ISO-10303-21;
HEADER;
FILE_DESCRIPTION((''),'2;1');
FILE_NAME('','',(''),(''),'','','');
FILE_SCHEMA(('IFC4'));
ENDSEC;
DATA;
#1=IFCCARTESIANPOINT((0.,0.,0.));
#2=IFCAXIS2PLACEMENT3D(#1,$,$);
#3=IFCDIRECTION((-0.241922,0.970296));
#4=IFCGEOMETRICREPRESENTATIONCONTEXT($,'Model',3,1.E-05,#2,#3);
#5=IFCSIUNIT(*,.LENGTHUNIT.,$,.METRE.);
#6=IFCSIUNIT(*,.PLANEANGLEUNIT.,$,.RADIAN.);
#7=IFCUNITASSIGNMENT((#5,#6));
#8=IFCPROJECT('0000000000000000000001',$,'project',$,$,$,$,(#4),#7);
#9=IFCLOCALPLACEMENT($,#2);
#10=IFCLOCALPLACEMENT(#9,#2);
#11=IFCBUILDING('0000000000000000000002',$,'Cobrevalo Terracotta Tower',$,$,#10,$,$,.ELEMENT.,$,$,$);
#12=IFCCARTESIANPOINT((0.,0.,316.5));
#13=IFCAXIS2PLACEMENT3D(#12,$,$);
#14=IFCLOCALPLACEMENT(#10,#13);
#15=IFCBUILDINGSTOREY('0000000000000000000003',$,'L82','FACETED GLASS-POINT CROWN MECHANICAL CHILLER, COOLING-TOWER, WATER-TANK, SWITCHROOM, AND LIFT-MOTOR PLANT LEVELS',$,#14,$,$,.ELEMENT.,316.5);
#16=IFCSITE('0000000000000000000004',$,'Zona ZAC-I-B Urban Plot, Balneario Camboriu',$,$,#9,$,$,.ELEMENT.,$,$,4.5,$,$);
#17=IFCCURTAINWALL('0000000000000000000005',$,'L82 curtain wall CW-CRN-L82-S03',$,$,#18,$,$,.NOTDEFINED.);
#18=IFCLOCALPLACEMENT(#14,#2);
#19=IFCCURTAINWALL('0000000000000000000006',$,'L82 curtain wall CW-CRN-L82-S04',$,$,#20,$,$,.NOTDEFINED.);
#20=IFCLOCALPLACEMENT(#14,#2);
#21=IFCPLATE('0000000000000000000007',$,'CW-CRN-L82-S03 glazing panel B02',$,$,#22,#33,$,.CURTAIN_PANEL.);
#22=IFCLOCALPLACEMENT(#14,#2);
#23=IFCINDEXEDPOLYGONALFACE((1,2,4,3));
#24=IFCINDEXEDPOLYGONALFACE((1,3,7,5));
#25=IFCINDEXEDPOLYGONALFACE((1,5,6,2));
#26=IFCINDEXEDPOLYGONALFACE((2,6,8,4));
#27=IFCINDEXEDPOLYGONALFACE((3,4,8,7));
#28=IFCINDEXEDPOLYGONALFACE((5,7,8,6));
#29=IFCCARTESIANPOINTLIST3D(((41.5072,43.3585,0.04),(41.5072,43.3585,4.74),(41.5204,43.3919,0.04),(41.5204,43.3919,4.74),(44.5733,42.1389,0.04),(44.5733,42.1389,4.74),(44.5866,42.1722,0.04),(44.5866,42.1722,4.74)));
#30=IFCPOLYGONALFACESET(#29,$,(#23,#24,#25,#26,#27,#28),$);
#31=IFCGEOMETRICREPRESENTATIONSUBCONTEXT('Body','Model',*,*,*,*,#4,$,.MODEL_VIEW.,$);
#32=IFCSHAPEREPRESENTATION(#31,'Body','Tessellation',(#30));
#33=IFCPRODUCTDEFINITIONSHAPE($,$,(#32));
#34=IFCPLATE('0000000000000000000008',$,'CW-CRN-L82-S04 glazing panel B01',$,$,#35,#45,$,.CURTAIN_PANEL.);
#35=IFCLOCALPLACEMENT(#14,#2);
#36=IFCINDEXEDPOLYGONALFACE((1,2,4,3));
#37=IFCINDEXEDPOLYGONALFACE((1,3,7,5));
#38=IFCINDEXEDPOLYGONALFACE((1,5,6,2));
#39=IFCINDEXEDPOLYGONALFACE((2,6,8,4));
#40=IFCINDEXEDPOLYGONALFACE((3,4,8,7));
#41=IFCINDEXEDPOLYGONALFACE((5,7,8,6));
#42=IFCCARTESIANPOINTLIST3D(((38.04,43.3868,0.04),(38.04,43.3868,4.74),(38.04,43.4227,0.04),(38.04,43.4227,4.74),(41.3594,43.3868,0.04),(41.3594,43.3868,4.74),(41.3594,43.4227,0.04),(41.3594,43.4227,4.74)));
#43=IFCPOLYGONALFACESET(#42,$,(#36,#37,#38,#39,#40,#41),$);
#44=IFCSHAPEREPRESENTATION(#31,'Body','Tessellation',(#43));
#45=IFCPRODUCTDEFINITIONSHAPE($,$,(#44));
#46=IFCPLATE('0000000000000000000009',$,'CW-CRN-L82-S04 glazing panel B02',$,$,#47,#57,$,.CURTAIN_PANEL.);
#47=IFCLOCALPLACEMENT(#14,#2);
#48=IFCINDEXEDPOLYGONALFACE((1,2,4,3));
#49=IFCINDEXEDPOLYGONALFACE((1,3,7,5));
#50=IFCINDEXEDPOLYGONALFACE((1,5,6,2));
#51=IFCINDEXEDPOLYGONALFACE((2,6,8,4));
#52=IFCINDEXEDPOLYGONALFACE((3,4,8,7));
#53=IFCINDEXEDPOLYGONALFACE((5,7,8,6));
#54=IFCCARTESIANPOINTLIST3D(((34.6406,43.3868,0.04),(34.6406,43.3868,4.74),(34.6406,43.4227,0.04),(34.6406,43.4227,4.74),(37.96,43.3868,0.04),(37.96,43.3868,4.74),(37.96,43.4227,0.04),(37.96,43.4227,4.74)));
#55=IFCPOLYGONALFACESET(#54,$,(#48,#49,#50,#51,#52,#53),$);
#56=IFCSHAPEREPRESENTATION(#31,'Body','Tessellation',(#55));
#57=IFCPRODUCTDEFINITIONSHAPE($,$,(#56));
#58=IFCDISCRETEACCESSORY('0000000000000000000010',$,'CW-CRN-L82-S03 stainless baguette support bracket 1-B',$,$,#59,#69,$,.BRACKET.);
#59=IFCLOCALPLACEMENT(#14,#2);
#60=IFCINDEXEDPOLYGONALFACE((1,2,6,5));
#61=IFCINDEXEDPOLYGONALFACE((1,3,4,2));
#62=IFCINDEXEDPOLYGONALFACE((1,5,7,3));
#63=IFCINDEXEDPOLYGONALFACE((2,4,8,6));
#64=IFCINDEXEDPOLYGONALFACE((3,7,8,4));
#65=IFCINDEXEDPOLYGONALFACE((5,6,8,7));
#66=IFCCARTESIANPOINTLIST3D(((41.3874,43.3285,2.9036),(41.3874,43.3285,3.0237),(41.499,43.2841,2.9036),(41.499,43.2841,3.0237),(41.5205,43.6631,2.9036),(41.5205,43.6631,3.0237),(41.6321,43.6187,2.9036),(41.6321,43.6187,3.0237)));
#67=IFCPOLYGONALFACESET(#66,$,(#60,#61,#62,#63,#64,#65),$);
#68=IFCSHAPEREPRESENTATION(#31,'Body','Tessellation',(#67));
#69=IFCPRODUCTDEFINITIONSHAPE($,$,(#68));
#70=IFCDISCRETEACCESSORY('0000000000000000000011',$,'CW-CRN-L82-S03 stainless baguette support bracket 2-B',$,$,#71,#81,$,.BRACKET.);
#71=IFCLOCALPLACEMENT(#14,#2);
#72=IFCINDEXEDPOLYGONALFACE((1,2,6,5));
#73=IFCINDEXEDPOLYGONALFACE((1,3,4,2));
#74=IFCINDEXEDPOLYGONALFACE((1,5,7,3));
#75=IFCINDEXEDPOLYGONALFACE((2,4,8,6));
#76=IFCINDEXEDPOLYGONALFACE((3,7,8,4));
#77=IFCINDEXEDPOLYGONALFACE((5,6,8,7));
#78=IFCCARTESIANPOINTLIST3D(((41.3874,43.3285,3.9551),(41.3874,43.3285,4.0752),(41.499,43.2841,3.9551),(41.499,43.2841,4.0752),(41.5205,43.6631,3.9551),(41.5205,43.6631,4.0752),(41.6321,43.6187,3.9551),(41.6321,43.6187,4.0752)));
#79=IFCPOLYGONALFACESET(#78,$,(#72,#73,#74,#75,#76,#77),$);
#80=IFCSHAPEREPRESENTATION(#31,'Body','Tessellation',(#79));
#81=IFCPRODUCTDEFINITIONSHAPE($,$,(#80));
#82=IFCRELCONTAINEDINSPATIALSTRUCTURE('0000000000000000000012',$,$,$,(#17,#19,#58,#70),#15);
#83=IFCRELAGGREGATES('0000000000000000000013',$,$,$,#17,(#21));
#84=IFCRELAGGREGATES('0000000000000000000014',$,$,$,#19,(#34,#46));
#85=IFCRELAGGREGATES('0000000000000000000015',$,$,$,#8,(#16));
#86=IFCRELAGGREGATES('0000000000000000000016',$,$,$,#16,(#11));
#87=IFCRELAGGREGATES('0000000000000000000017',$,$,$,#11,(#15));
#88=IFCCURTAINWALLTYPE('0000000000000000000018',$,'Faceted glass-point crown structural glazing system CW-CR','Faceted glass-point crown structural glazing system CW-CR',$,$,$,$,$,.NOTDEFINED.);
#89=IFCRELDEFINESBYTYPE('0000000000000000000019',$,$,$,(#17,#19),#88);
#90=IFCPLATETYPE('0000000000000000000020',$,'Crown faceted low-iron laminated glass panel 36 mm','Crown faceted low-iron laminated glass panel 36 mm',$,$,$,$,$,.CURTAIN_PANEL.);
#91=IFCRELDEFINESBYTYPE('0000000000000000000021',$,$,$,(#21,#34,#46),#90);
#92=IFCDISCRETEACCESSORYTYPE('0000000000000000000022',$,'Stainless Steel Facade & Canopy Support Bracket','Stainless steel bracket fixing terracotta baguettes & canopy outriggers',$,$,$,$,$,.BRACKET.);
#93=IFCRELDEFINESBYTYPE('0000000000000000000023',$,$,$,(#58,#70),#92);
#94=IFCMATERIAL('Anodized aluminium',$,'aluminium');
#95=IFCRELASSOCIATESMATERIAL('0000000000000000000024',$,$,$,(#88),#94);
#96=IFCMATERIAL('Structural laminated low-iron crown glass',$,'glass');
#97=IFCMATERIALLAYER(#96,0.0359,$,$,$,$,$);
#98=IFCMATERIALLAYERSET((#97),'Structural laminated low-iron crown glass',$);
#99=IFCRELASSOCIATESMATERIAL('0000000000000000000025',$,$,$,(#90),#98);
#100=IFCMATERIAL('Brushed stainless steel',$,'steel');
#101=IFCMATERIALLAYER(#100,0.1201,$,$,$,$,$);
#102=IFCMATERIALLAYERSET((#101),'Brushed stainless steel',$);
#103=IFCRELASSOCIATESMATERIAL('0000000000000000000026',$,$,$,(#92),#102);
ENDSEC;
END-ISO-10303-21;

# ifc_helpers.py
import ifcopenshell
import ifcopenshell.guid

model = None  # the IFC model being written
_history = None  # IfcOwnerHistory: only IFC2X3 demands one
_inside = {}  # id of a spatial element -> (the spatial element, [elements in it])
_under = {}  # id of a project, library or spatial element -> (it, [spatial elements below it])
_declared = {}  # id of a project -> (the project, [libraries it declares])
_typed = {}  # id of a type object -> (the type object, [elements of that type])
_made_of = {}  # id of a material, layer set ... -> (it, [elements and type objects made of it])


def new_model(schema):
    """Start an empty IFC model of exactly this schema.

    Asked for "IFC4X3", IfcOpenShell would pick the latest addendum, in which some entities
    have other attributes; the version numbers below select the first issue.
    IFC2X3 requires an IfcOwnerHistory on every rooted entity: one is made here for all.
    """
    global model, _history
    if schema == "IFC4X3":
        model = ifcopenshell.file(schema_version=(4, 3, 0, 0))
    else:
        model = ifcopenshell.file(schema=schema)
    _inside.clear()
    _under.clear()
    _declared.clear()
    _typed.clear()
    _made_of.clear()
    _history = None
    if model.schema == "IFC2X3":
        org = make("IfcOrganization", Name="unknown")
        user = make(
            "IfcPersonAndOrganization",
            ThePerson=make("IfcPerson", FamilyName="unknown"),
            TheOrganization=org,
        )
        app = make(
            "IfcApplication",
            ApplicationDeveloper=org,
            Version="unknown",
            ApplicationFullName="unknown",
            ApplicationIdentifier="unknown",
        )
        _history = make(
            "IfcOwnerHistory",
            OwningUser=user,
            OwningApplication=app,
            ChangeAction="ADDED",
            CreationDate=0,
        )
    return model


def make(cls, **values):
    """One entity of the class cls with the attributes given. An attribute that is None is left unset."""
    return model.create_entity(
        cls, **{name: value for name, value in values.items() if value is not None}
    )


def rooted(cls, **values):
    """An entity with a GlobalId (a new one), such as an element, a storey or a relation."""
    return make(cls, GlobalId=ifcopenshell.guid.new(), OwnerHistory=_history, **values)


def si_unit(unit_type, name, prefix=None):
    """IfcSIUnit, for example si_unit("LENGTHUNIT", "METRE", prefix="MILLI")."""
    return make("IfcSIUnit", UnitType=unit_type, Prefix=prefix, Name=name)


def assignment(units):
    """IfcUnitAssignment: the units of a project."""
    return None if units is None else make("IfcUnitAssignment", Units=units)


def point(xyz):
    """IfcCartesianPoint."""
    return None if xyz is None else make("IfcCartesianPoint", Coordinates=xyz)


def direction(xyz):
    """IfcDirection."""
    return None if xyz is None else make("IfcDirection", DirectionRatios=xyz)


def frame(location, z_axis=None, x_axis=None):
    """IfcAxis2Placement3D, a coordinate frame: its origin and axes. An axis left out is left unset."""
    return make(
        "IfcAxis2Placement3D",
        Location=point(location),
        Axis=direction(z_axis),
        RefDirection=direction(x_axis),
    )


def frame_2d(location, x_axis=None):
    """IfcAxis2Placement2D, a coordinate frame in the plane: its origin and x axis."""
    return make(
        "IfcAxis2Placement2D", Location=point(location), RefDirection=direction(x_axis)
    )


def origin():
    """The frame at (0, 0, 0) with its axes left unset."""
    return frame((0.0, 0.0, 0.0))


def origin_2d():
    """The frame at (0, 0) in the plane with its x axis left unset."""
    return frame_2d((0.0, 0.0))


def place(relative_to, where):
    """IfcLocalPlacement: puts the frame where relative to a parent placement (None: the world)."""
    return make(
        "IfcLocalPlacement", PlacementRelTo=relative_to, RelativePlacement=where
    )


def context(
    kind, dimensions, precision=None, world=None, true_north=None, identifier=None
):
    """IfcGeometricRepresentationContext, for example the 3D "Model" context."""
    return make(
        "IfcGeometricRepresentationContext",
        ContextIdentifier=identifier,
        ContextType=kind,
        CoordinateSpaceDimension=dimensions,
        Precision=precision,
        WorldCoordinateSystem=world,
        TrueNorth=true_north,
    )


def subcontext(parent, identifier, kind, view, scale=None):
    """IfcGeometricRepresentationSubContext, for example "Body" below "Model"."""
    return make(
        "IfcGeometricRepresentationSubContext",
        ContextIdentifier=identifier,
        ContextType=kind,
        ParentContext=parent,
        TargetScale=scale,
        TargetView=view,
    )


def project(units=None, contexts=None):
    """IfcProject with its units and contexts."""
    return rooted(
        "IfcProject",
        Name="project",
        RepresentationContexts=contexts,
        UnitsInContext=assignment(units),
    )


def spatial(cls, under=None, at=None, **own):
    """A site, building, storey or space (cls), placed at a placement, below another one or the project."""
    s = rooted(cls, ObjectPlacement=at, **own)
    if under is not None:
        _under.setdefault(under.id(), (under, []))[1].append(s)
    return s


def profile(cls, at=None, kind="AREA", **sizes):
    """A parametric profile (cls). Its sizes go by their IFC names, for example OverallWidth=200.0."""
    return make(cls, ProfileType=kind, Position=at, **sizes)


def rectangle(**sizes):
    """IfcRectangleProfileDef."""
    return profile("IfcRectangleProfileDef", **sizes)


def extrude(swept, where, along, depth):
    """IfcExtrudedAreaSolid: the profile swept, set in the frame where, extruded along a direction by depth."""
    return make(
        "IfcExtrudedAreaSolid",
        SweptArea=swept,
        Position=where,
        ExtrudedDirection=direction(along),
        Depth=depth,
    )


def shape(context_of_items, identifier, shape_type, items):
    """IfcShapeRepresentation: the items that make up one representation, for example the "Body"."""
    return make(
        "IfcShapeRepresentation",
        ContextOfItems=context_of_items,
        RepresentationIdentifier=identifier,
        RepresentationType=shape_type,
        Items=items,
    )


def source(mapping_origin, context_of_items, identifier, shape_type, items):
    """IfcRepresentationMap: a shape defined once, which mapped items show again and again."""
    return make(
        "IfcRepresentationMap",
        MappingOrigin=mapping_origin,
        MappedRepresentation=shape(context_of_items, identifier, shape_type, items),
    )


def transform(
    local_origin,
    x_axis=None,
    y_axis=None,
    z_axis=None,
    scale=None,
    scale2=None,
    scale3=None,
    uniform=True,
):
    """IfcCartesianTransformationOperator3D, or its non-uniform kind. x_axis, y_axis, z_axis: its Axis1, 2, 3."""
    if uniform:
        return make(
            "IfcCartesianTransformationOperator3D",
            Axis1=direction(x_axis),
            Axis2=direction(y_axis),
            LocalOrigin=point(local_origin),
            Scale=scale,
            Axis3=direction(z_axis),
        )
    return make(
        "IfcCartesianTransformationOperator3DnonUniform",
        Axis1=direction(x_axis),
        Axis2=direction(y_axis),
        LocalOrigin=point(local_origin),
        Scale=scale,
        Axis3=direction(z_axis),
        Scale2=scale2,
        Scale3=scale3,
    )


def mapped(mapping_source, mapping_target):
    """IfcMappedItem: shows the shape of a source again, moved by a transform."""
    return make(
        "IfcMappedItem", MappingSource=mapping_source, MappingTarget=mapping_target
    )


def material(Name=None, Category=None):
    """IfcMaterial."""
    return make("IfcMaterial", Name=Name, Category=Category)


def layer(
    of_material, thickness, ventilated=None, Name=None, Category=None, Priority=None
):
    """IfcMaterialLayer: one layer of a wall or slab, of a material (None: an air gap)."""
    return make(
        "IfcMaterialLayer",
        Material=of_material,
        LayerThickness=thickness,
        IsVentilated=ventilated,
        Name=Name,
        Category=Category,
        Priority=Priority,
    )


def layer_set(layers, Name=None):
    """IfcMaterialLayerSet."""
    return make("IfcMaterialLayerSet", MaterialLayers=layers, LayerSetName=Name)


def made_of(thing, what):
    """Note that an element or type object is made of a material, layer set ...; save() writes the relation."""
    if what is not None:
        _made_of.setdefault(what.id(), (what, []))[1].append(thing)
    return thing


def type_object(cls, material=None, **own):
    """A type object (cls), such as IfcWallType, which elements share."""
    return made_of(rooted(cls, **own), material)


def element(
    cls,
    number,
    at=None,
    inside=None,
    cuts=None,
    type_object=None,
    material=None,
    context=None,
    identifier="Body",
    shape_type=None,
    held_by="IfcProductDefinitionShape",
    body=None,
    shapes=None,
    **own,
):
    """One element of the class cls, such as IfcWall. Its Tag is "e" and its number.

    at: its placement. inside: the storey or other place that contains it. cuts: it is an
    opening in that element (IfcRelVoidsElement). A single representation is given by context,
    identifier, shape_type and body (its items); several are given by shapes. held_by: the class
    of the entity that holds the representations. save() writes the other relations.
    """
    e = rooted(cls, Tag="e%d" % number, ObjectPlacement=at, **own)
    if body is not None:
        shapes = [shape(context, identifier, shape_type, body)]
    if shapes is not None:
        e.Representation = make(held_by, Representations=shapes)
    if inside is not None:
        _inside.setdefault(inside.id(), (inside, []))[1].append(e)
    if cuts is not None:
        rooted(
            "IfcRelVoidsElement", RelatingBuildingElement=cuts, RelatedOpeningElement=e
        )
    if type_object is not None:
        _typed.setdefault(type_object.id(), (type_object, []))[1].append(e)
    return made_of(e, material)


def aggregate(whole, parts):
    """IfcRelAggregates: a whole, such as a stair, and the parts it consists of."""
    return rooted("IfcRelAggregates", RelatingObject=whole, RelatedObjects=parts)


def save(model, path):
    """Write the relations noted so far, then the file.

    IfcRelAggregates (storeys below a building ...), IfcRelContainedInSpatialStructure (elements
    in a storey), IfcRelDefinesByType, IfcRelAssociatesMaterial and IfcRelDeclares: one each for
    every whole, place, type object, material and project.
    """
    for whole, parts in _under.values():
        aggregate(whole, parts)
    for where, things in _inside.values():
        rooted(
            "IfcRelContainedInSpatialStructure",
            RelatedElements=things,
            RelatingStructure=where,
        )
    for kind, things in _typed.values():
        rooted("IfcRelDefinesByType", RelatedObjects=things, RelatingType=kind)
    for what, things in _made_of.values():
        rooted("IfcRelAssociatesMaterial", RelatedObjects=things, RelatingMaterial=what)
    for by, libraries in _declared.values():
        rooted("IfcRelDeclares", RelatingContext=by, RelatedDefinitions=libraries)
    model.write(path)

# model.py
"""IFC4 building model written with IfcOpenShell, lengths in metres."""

from ifc_helpers import new_model, si_unit, direction, frame, origin, origin_2d, place, context, subcontext, project, spatial, rectangle, extrude, source, transform, mapped, material, layer, layer_set, type_object, element, aggregate, save


model = new_model("IFC4")

# Units and contexts
model_context = context("Model", 3, precision=1e-05, world=origin(), true_north=direction((-0.241922, 0.970296)))
body_context = subcontext(model_context, "Body", "Model", "MODEL_VIEW")
ifc_project = project(units=[si_unit("LENGTHUNIT", "METRE"), si_unit("PLANEANGLEUNIT", "RADIAN")], contexts=[model_context])

# Site, building, storey
site_placement = place(None, origin())
site = spatial("IfcSite", under=ifc_project, at=site_placement, Name="Zona ZAC-I-B Urban Plot, Balneario Camboriu", CompositionType="ELEMENT", RefElevation=4.5)
building_placement = place(site_placement, origin())
building = spatial("IfcBuilding", under=site, at=building_placement, Name="Cobrevalo Terracotta Tower", CompositionType="ELEMENT")
storey_placement = place(building_placement, frame((0.0, 0.0, 316.5)))
storey = spatial("IfcBuildingStorey", under=building, at=storey_placement, Name="L82", Description="FACETED GLASS-POINT CROWN MECHANICAL CHILLER, COOLING-TOWER, WATER-TANK, SWITCHROOM, AND LIFT-MOTOR PLANT LEVELS", CompositionType="ELEMENT", Elevation=316.5)

# Curtain walls
ifc_material_1 = material(Name="Anodized aluminium", Category="aluminium")
curtain_wall_type = type_object("IfcCurtainWallType", Name="Faceted glass-point crown structural glazing system CW-CR", Description="Faceted glass-point crown structural glazing system CW-CR", PredefinedType="NOTDEFINED", material=ifc_material_1)
curtain_wall_1_placement = place(storey_placement, origin())
curtain_wall_1 = element("IfcCurtainWall", 1, at=curtain_wall_1_placement, inside=storey, type_object=curtain_wall_type, Name="L82 curtain wall CW-CRN-L82-S03", PredefinedType="NOTDEFINED")
curtain_wall_2_placement = place(storey_placement, origin())
curtain_wall_2 = element("IfcCurtainWall", 2, at=curtain_wall_2_placement, inside=storey, type_object=curtain_wall_type, Name="L82 curtain wall CW-CRN-L82-S04", PredefinedType="NOTDEFINED")

# Plates
ifc_material_2 = material(Name="Structural laminated low-iron crown glass", Category="glass")
ifc_layer_1 = layer(ifc_material_2, 0.0359)
ifc_layer_set_1 = layer_set([ifc_layer_1], Name="Structural laminated low-iron crown glass")
plate_type_1 = type_object("IfcPlateType", Name="Crown faceted low-iron laminated glass panel 36 mm", Description="Crown faceted low-iron laminated glass panel 36 mm", PredefinedType="CURTAIN_PANEL", material=ifc_layer_set_1)
shared_shape_1 = source(origin(), body_context, "Body", "SweptSolid", [
    extrude(rectangle(XDim=3.2998, YDim=0.0359, at=origin_2d()), origin(), (0.0, 0.0, 1.0), 4.7),
])
plate_1_placement = place(storey_placement, frame((43.0469, 42.7654, 0.04), z_axis=(0.0, 0.0, 1.0), x_axis=(-0.929191, 0.369601, 0.0)))
plate_1 = element("IfcPlate", 3, at=plate_1_placement, type_object=plate_type_1, Name="CW-CRN-L82-S03 glazing panel B02", PredefinedType="CURTAIN_PANEL", context=body_context, shape_type="MappedRepresentation", body=[
    mapped(shared_shape_1, transform((0.0, 0.0, 0.0), scale=1.0)),
])
aggregate(curtain_wall_1, [plate_1])
shared_shape_2 = source(origin(), body_context, "Body", "SweptSolid", [
    extrude(rectangle(XDim=3.3193, YDim=0.0359, at=origin_2d()), origin(), (0.0, 0.0, 1.0), 4.7),
])
plate_2_placement = place(storey_placement, frame((39.6997, 43.4048, 0.04), z_axis=(0.0, 0.0, 1.0), x_axis=(-1.0, 0.0, 0.0)))
plate_2 = element("IfcPlate", 4, at=plate_2_placement, type_object=plate_type_1, Name="CW-CRN-L82-S04 glazing panel B01", PredefinedType="CURTAIN_PANEL", context=body_context, shape_type="MappedRepresentation", body=[
    mapped(shared_shape_2, transform((0.0, 0.0, 0.0), scale=1.0)),
])
plate_3_placement = place(storey_placement, frame((36.3003, 43.4048, 0.04), z_axis=(0.0, 0.0, 1.0), x_axis=(-1.0, 0.0, 0.0)))
plate_3 = element("IfcPlate", 5, at=plate_3_placement, type_object=plate_type_1, Name="CW-CRN-L82-S04 glazing panel B02", PredefinedType="CURTAIN_PANEL", context=body_context, shape_type="MappedRepresentation", body=[
    mapped(shared_shape_2, transform((0.0, 0.0, 0.0), scale=1.0)),
])
aggregate(curtain_wall_2, [plate_2, plate_3])

# Discrete accessories
ifc_material_3 = material(Name="Brushed stainless steel", Category="steel")
ifc_layer_2 = layer(ifc_material_3, 0.1201)
ifc_layer_set_2 = layer_set([ifc_layer_2], Name="Brushed stainless steel")
discrete_accessory_type = type_object("IfcDiscreteAccessoryType", Name="Stainless Steel Facade & Canopy Support Bracket", Description="Stainless steel bracket fixing terracotta baguettes & canopy outriggers", PredefinedType="BRACKET", material=ifc_layer_set_2)
shared_shape_3 = source(origin(), body_context, "Body", "SweptSolid", [
    extrude(rectangle(XDim=0.1201, YDim=0.3601, at=origin_2d()), origin(), (0.0, 0.0, 1.0), 0.1201),
])
for number, where, z_axis, x_axis, name in (
    (6, (41.5098, 43.4736, 2.9036), (0.0, 0.0, 1.0), (-0.929191, 0.369601, 0.0), "CW-CRN-L82-S03 stainless baguette support bracket 1-B"),
    (7, (41.5098, 43.4736, 3.9551), (0.0, 0.0, 1.0), (-0.929191, 0.369601, 0.0), "CW-CRN-L82-S03 stainless baguette support bracket 2-B"),
):
    element("IfcDiscreteAccessory", number, at=place(storey_placement, frame(where, z_axis=z_axis, x_axis=x_axis)), inside=storey, type_object=discrete_accessory_type, Name=name, PredefinedType="BRACKET", context=body_context, shape_type="MappedRepresentation", body=[
        mapped(shared_shape_3, transform((0.0, 0.0, 0.0), scale=1.0)),
    ])

save(model, "model.ifc")
